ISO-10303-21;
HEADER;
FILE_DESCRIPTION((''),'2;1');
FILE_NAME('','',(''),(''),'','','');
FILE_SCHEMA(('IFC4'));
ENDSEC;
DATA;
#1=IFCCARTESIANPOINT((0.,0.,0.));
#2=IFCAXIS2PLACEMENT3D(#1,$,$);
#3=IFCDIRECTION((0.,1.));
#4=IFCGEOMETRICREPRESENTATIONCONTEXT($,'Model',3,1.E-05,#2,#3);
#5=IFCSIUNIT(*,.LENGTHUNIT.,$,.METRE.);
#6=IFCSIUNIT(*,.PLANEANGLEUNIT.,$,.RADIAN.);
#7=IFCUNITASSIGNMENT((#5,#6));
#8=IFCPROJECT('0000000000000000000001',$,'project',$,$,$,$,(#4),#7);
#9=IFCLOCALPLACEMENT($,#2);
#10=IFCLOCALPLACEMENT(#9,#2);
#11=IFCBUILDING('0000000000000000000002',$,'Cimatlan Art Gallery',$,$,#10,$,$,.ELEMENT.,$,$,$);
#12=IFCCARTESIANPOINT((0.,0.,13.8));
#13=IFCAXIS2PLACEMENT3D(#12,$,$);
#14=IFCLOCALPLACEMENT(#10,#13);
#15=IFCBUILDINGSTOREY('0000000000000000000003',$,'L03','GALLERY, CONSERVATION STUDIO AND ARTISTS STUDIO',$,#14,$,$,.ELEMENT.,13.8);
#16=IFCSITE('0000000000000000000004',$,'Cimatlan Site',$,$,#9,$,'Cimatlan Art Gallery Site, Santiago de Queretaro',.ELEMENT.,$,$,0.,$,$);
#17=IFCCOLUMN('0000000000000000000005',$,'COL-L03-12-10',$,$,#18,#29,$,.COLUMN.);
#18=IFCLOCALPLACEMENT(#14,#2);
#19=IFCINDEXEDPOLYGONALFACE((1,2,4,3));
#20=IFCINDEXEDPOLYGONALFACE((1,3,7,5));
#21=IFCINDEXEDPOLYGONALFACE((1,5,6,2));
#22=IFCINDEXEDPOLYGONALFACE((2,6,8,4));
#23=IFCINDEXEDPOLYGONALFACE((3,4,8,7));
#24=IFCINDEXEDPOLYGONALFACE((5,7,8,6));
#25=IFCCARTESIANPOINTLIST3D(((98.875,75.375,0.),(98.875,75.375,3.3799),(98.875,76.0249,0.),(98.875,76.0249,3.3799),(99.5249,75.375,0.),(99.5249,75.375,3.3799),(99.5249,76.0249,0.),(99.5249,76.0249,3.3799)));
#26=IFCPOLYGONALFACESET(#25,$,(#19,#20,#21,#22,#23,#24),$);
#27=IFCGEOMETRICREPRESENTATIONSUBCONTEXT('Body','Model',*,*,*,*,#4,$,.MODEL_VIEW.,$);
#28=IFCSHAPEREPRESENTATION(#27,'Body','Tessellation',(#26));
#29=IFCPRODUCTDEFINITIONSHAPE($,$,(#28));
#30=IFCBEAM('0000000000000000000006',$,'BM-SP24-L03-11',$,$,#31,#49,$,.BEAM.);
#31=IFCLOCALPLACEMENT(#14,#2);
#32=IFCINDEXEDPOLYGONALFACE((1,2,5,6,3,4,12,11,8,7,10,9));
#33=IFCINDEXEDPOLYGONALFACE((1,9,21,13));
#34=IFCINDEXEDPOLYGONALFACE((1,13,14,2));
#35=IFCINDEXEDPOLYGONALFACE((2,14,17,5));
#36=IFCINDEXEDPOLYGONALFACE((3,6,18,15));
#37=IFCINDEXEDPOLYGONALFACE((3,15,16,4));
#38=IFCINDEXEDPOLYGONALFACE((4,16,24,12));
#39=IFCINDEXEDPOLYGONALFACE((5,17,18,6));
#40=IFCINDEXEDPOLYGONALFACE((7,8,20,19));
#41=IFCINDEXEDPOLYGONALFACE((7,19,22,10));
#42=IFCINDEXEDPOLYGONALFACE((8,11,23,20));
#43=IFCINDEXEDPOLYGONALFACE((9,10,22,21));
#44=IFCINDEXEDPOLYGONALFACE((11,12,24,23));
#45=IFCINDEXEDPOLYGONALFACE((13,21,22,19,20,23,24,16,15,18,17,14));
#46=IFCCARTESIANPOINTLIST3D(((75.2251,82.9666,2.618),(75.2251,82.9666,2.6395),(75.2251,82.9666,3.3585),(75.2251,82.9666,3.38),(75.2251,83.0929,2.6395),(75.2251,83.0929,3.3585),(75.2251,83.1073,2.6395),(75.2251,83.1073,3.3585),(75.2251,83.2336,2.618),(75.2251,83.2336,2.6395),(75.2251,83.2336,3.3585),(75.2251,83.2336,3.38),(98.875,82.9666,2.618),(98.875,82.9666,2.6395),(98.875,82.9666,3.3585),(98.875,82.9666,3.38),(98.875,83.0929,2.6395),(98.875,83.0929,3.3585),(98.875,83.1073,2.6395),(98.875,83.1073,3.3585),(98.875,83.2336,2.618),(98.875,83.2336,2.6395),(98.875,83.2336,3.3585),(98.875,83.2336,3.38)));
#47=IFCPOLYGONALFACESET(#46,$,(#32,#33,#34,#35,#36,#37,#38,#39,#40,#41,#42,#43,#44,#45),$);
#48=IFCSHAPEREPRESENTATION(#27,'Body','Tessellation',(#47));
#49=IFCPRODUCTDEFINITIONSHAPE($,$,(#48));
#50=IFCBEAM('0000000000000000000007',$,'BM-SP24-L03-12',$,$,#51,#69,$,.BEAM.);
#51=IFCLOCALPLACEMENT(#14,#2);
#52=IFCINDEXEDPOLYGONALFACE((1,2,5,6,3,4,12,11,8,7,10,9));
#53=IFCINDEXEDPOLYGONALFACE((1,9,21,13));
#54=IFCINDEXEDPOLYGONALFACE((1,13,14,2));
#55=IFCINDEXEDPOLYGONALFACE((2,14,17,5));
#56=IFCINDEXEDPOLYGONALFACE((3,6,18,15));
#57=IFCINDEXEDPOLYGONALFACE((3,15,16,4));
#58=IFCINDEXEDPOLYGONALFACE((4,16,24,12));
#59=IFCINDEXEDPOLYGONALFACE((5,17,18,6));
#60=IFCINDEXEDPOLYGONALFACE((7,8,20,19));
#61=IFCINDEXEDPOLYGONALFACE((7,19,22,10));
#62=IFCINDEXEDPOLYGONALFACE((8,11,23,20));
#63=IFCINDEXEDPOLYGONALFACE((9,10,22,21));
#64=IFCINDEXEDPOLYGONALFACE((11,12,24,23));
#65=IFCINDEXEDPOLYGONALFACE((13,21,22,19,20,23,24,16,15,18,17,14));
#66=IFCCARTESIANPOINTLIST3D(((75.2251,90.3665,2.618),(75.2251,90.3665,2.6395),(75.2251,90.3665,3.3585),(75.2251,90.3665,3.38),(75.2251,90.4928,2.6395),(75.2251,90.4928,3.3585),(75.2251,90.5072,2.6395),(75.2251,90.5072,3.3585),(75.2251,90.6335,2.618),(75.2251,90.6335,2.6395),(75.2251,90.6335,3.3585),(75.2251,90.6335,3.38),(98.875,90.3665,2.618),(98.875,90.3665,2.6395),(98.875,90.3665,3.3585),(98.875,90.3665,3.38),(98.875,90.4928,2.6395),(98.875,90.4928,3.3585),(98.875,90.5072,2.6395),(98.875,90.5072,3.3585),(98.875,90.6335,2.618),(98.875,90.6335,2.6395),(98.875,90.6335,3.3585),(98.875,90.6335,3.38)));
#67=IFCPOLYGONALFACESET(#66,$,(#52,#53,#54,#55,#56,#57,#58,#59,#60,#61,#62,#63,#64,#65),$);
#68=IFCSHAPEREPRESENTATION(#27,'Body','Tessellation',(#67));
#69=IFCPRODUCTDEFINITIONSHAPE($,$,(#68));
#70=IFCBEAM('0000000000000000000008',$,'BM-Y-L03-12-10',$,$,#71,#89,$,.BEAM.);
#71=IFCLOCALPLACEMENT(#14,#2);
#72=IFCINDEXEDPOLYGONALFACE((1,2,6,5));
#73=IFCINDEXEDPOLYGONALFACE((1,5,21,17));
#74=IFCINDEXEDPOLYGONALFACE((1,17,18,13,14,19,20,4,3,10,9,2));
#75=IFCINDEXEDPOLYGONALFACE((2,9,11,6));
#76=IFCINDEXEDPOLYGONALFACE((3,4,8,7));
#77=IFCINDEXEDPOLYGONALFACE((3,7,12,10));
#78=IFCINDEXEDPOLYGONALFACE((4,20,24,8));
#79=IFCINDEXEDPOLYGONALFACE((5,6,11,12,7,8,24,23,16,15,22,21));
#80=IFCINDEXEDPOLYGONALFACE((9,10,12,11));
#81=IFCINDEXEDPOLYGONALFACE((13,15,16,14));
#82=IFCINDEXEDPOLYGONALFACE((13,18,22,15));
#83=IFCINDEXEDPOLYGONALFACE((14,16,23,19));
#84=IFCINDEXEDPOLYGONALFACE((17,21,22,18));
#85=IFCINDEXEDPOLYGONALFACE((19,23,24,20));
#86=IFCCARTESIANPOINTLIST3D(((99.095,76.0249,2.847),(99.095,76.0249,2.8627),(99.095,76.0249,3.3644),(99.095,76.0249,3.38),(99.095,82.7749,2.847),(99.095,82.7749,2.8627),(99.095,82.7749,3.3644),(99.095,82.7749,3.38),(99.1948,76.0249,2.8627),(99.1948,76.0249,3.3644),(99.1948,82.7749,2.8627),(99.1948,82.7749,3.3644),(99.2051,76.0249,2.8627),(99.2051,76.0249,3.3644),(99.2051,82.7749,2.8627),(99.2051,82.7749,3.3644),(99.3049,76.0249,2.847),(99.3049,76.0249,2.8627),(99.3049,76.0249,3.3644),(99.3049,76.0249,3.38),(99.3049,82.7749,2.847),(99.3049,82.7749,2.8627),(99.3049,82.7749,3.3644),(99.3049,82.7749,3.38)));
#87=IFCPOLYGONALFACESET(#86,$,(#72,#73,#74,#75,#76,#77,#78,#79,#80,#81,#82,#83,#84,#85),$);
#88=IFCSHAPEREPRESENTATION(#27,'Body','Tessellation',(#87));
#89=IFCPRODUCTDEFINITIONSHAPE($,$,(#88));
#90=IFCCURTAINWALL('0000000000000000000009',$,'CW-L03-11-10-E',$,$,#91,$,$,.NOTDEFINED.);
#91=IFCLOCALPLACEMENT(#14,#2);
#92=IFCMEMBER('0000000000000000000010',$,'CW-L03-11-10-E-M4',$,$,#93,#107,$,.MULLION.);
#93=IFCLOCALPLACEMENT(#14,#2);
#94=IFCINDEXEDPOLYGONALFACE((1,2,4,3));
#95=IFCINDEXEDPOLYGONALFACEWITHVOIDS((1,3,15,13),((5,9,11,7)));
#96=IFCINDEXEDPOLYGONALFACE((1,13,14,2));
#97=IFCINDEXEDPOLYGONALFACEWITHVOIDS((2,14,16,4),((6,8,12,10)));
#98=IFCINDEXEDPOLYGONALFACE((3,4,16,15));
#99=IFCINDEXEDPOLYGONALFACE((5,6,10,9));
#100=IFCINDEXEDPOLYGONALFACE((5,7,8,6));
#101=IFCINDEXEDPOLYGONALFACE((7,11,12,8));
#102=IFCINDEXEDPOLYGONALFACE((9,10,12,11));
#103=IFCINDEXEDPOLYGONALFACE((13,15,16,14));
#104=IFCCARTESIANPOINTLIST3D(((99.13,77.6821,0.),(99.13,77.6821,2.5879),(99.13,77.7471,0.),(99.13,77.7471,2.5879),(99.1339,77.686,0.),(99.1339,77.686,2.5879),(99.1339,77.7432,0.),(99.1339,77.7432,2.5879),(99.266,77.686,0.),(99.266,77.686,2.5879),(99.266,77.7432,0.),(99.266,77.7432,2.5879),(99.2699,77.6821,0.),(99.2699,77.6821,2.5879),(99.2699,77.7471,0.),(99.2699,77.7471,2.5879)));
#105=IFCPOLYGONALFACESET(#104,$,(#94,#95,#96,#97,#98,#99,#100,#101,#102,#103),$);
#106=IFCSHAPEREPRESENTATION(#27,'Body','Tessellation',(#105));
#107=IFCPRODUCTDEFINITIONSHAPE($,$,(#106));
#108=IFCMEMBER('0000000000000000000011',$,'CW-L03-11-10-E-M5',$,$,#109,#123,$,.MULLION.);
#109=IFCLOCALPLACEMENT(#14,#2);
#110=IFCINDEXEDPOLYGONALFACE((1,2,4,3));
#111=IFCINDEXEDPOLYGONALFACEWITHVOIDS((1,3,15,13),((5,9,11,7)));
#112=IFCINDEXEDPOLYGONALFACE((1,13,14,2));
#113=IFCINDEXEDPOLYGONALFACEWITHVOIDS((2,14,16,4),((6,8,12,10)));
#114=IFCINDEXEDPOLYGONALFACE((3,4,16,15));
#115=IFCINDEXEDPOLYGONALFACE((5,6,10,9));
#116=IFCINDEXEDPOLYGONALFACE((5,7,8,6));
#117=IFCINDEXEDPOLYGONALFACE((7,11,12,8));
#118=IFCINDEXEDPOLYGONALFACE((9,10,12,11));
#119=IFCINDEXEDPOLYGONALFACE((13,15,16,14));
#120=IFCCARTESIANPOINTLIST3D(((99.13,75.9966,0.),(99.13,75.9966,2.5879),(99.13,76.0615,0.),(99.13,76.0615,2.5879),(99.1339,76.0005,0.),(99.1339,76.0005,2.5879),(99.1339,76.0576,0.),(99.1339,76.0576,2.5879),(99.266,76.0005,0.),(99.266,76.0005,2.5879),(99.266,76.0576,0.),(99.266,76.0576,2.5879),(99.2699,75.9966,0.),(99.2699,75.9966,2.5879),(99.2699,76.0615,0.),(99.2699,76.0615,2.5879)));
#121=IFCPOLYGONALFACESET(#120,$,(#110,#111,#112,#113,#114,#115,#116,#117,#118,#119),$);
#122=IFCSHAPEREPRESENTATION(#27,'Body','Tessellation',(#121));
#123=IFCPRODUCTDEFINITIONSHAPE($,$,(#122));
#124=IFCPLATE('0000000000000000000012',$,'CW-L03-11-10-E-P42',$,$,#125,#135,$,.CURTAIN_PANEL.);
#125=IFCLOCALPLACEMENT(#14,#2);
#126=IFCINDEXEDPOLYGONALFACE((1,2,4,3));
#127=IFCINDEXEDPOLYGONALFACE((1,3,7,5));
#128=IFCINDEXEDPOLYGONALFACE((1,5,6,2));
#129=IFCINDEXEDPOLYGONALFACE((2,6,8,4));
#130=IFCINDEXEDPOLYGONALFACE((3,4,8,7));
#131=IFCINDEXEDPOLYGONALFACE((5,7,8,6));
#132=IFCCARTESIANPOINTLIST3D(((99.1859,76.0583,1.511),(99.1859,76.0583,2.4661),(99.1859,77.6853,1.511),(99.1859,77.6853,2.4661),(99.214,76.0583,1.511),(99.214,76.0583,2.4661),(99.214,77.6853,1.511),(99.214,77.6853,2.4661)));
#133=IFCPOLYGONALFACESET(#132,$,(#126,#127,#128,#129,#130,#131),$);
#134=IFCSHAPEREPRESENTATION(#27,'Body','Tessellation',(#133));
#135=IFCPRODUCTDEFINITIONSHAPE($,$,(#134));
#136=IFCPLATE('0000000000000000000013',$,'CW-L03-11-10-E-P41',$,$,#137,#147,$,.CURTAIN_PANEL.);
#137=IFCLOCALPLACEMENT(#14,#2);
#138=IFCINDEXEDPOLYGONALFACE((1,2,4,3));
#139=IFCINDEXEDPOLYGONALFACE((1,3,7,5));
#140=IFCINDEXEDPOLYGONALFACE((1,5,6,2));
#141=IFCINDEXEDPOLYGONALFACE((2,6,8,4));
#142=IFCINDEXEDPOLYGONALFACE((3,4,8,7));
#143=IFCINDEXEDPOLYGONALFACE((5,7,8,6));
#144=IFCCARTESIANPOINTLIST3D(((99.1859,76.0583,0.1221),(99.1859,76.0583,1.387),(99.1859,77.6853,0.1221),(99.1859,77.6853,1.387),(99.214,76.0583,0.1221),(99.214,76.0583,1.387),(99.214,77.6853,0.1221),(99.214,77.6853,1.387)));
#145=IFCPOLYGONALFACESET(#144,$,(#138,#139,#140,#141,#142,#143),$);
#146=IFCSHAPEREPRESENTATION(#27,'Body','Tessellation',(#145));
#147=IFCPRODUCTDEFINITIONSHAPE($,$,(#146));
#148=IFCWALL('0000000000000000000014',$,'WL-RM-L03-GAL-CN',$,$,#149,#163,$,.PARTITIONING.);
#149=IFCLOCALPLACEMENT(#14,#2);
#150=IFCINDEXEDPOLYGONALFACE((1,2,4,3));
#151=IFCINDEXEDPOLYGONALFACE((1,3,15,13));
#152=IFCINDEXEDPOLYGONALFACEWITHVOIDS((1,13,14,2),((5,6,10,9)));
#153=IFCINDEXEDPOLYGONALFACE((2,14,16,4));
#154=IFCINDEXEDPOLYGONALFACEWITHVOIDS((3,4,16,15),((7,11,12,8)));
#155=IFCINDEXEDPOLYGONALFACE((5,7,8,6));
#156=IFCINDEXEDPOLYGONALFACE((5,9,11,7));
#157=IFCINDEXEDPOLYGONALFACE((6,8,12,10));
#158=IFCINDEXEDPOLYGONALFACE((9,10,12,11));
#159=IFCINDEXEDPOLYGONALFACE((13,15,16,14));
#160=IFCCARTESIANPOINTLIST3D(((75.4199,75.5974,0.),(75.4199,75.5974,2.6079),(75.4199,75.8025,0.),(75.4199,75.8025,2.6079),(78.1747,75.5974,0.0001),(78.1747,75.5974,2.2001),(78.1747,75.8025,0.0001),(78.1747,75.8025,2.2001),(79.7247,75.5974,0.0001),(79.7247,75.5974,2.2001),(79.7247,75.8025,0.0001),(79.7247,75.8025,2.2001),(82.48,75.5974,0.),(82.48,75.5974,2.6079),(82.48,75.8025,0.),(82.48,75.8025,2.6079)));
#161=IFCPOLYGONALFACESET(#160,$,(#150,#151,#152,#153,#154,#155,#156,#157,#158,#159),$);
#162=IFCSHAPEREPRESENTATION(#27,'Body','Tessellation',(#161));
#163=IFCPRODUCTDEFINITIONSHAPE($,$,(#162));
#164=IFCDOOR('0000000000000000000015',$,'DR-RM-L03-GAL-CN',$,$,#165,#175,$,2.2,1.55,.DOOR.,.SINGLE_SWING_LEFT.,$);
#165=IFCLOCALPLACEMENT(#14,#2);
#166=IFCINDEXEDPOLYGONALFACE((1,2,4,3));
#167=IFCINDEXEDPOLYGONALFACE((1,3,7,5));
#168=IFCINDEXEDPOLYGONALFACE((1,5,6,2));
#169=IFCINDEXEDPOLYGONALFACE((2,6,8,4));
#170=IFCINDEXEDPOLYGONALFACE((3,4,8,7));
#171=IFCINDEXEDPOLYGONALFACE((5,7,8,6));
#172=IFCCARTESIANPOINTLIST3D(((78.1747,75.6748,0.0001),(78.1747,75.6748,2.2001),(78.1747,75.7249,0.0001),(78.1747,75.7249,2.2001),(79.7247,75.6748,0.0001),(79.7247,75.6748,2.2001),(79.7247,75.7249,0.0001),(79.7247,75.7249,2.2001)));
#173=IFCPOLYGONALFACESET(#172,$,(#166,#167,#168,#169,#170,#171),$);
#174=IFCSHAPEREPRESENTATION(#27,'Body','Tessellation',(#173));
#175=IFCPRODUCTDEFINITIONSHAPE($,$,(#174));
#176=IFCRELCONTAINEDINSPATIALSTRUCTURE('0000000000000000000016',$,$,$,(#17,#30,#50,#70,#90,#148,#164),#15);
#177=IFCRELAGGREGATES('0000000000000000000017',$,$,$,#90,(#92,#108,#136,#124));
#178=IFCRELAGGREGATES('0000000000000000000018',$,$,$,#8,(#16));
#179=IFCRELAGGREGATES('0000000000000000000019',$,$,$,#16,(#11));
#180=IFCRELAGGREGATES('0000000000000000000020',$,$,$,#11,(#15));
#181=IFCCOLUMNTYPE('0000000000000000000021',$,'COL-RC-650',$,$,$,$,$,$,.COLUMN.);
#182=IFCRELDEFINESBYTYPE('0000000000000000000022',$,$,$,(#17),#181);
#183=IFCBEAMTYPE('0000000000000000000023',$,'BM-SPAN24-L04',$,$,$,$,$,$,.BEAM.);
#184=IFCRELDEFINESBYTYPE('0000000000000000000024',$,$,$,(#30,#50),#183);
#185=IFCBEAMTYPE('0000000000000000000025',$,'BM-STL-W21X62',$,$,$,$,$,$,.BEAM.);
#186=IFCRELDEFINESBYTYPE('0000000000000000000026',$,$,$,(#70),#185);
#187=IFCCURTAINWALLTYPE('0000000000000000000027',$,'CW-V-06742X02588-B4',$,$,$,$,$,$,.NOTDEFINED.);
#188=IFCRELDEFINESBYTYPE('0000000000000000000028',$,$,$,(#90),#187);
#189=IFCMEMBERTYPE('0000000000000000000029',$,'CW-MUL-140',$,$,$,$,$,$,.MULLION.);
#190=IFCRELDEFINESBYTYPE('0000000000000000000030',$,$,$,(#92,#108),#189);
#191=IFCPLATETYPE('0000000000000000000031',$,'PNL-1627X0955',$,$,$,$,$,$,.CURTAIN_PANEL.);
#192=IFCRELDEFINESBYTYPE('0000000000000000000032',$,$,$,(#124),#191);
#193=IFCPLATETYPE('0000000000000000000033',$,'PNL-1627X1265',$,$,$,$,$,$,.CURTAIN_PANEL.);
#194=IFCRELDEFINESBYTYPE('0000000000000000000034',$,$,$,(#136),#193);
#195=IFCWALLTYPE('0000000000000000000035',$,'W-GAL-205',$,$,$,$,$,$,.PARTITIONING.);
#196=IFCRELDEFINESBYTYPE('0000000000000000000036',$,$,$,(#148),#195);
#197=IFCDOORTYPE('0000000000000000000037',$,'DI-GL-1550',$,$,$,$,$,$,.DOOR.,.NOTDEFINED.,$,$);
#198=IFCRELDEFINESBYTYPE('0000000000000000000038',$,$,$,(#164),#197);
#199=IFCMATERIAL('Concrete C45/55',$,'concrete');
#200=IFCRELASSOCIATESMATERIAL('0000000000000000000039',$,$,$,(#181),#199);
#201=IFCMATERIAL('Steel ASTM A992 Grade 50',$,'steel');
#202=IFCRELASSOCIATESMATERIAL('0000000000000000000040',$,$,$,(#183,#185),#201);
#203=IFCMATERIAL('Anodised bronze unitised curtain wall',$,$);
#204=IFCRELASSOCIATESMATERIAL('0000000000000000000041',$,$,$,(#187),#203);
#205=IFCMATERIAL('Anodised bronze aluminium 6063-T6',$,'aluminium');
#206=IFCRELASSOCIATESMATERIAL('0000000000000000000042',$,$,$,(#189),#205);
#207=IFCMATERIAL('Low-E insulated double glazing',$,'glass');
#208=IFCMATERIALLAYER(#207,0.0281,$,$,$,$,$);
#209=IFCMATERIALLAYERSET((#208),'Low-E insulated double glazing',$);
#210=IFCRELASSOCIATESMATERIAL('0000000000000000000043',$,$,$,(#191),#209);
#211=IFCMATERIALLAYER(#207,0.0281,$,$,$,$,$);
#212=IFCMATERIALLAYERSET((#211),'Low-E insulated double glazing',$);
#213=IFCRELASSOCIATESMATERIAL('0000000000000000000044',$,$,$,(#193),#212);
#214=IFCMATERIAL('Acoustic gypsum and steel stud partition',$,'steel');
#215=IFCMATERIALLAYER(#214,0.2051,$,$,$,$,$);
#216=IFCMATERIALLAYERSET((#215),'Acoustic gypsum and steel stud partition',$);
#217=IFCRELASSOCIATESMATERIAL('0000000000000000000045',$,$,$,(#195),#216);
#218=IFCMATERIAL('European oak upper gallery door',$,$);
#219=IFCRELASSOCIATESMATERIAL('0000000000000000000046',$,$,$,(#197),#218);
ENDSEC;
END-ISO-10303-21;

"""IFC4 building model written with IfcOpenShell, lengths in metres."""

from ifc_helpers import new_model, si_unit, direction, frame, frame_2d, origin, origin_2d, place, context, subcontext, project, spatial, rectangle, hollow_rectangle, i_section, extrude, material, layer, layer_set, material_profile, profile_set, type_object, element, fill, aggregate, save


model = new_model("IFC4")

# Units and contexts
model_context = context("Model", 3, precision=1e-05, world=origin(), true_north=direction((0.0, 1.0)))
body_context = subcontext(model_context, "Body", "Model", "MODEL_VIEW")
ifc_project = project(units=[si_unit("LENGTHUNIT", "METRE"), si_unit("PLANEANGLEUNIT", "RADIAN")], contexts=[model_context])

# Site, building, storey
site_placement = place(None, origin())
site = spatial("IfcSite", under=ifc_project, at=site_placement, Name="Cimatlan Site", LongName="Cimatlan Art Gallery Site, Santiago de Queretaro", CompositionType="ELEMENT", RefElevation=0.0)
building_placement = place(site_placement, origin())
building = spatial("IfcBuilding", under=site, at=building_placement, Name="Cimatlan Art Gallery", CompositionType="ELEMENT")
storey_placement = place(building_placement, frame((0.0, 0.0, 13.8)))
storey = spatial("IfcBuildingStorey", under=building, at=storey_placement, Name="L03", Description="GALLERY, CONSERVATION STUDIO AND ARTISTS STUDIO", CompositionType="ELEMENT", Elevation=13.8)

# Column
ifc_material_1 = material(Name="Concrete C45/55", Category="concrete")
ifc_material_profile_1 = material_profile(ifc_material_1, rectangle(XDim=0.6499, YDim=0.6499, at=origin_2d()), Name="RC650X650")
ifc_profile_set_1 = profile_set([ifc_material_profile_1], Name="Concrete C45/55")
column_type = type_object("IfcColumnType", Name="COL-RC-650", PredefinedType="COLUMN", material=ifc_profile_set_1)
column_placement = place(storey_placement, frame((99.2, 75.7, 0.0), z_axis=(0.0, 0.0, 1.0), x_axis=(1.0, 0.0, 0.0)))
element("IfcColumn", 1, at=column_placement, inside=storey, type_object=column_type, Name="COL-L03-12-10", PredefinedType="COLUMN", context=body_context, shape_type="SweptSolid", body=[
    extrude(rectangle(XDim=0.6499, YDim=0.6499, at=origin_2d()), origin(), (0.0, 0.0, 1.0), 3.3799),
])

# Beams
ifc_material_2 = material(Name="Steel ASTM A992 Grade 50", Category="steel")
ifc_material_profile_2 = material_profile(ifc_material_2, i_section(OverallWidth=0.2671, OverallDepth=0.762, WebThickness=0.0144, FlangeThickness=0.0215, at=origin_2d()), Name="W30X116")
ifc_profile_set_2 = profile_set([ifc_material_profile_2], Name="Steel ASTM A992 Grade 50")
beam_type_1 = type_object("IfcBeamType", Name="BM-SPAN24-L04", PredefinedType="BEAM", material=ifc_profile_set_2)
for number, where, z_axis, x_axis, name in (
    (2, (75.2251, 83.1001, 2.999), (1.0, 0.0, 0.0), (0.0, 1.0, 0.0), "BM-SP24-L03-11"),
    (3, (75.2251, 90.5, 2.999), (1.0, 0.0, 0.0), (0.0, 1.0, 0.0), "BM-SP24-L03-12"),
):
    element("IfcBeam", number, at=place(storey_placement, frame(where, z_axis=z_axis, x_axis=x_axis)), inside=storey, type_object=beam_type_1, Name=name, PredefinedType="BEAM", context=body_context, shape_type="SweptSolid", body=[
        extrude(i_section(OverallWidth=0.2671, OverallDepth=0.762, WebThickness=0.0144, FlangeThickness=0.0215, at=origin_2d()), origin(), (0.0, 0.0, 1.0), 23.6499),
    ])
ifc_material_profile_3 = material_profile(ifc_material_2, i_section(OverallWidth=0.21, OverallDepth=0.533, WebThickness=0.0103, FlangeThickness=0.0156, at=origin_2d()), Name="W21X62")
ifc_profile_set_3 = profile_set([ifc_material_profile_3], Name="Steel ASTM A992 Grade 50")
beam_type_2 = type_object("IfcBeamType", Name="BM-STL-W21X62", PredefinedType="BEAM", material=ifc_profile_set_3)
beam_placement = place(storey_placement, frame((99.2, 76.0249, 3.1135), z_axis=(0.0, 1.0, 0.0), x_axis=(-1.0, 0.0, 0.0)))
element("IfcBeam", 4, at=beam_placement, inside=storey, type_object=beam_type_2, Name="BM-Y-L03-12-10", PredefinedType="BEAM", context=body_context, shape_type="SweptSolid", body=[
    extrude(i_section(OverallWidth=0.21, OverallDepth=0.533, WebThickness=0.0103, FlangeThickness=0.0156, at=origin_2d()), origin(), (0.0, 0.0, 1.0), 6.75),
])

# Curtain wall, members, plates
ifc_material_3 = material(Name="Anodised bronze unitised curtain wall")
curtain_wall_type = type_object("IfcCurtainWallType", Name="CW-V-06742X02588-B4", PredefinedType="NOTDEFINED", material=ifc_material_3)
curtain_wall_placement = place(storey_placement, origin())
curtain_wall = element("IfcCurtainWall", 5, at=curtain_wall_placement, inside=storey, type_object=curtain_wall_type, Name="CW-L03-11-10-E", PredefinedType="NOTDEFINED")
ifc_material_4 = material(Name="Anodised bronze aluminium 6063-T6", Category="aluminium")
ifc_material_profile_4 = material_profile(ifc_material_4, hollow_rectangle(XDim=0.0649, YDim=0.1399, WallThickness=0.0039, at=origin_2d()), Name="ALU65X140X4")
ifc_profile_set_4 = profile_set([ifc_material_profile_4], Name="Anodised bronze aluminium 6063-T6")
member_type = type_object("IfcMemberType", Name="CW-MUL-140", PredefinedType="MULLION", material=ifc_profile_set_4)
member_1_placement = place(storey_placement, frame((99.2, 77.7146, 0.0), z_axis=(0.0, 0.0, 1.0), x_axis=(0.0, 1.0, 0.0)))
member_1 = element("IfcMember", 6, at=member_1_placement, type_object=member_type, Name="CW-L03-11-10-E-M4", PredefinedType="MULLION", context=body_context, shape_type="SweptSolid", body=[
    extrude(hollow_rectangle(XDim=0.0649, YDim=0.1399, WallThickness=0.0039, at=origin_2d()), origin(), (0.0, 0.0, 1.0), 2.5879),
])
member_2_placement = place(storey_placement, frame((99.2, 76.0291, 0.0), z_axis=(0.0, 0.0, 1.0), x_axis=(0.0, 1.0, 0.0)))
member_2 = element("IfcMember", 7, at=member_2_placement, type_object=member_type, Name="CW-L03-11-10-E-M5", PredefinedType="MULLION", context=body_context, shape_type="SweptSolid", body=[
    extrude(hollow_rectangle(XDim=0.0649, YDim=0.1399, WallThickness=0.0039, at=origin_2d()), origin(), (0.0, 0.0, 1.0), 2.5879),
])
ifc_material_5 = material(Name="Low-E insulated double glazing", Category="glass")
ifc_layer_1 = layer(ifc_material_5, 0.0281)
ifc_layer_set_1 = layer_set([ifc_layer_1], Name="Low-E insulated double glazing")
plate_type_1 = type_object("IfcPlateType", Name="PNL-1627X0955", PredefinedType="CURTAIN_PANEL", material=ifc_layer_set_1)
plate_1_placement = place(storey_placement, frame((99.2, 76.8718, 1.511), z_axis=(0.0, 0.0, 1.0), x_axis=(0.0, -1.0, 0.0)))
plate_1 = element("IfcPlate", 8, at=plate_1_placement, type_object=plate_type_1, Name="CW-L03-11-10-E-P42", PredefinedType="CURTAIN_PANEL", context=body_context, shape_type="SweptSolid", body=[
    extrude(rectangle(XDim=1.627, YDim=0.0281, at=origin_2d()), origin(), (0.0, 0.0, 1.0), 0.9551),
])
ifc_layer_2 = layer(ifc_material_5, 0.0281)
ifc_layer_set_2 = layer_set([ifc_layer_2], Name="Low-E insulated double glazing")
plate_type_2 = type_object("IfcPlateType", Name="PNL-1627X1265", PredefinedType="CURTAIN_PANEL", material=ifc_layer_set_2)
plate_2_placement = place(storey_placement, frame((99.2, 76.8718, 0.1221), z_axis=(0.0, 0.0, 1.0), x_axis=(0.0, -1.0, 0.0)))
plate_2 = element("IfcPlate", 9, at=plate_2_placement, type_object=plate_type_2, Name="CW-L03-11-10-E-P41", PredefinedType="CURTAIN_PANEL", context=body_context, shape_type="SweptSolid", body=[
    extrude(rectangle(XDim=1.627, YDim=0.0281, at=origin_2d()), origin(), (0.0, 0.0, 1.0), 1.2649),
])
aggregate(curtain_wall, [member_1, member_2, plate_2, plate_1])

# Wall, opening, door
ifc_material_6 = material(Name="Acoustic gypsum and steel stud partition", Category="steel")
ifc_layer_3 = layer(ifc_material_6, 0.2051)
ifc_layer_set_3 = layer_set([ifc_layer_3], Name="Acoustic gypsum and steel stud partition")
wall_type_1 = type_object("IfcWallType", Name="W-GAL-205", PredefinedType="PARTITIONING", material=ifc_layer_set_3)
wall_1_placement = place(storey_placement, frame((75.4199, 75.7, 0.0), z_axis=(0.0, 0.0, 1.0), x_axis=(1.0, 0.0, 0.0)))
wall_1 = element("IfcWall", 10, at=wall_1_placement, inside=storey, type_object=wall_type_1, Name="WL-RM-L03-GAL-CN", PredefinedType="PARTITIONING", context=body_context, shape_type="SweptSolid", body=[
    extrude(rectangle(XDim=7.0601, YDim=0.2051, at=frame_2d((3.53, 0.0))), origin(), (0.0, 0.0, 1.0), 2.6079),
])
opening_1_placement = place(wall_1_placement, frame((2.7549, 0.0, 0.0)))
opening_1 = element("IfcOpeningElement", 11, at=opening_1_placement, cuts=wall_1, PredefinedType="OPENING", context=body_context, shape_type="SweptSolid", body=[
    extrude(rectangle(XDim=1.55, YDim=2.2, at=frame_2d((0.7749, 1.1001))), frame((0.0, 0.1125, 0.0), z_axis=(0.0, -1.0, 0.0), x_axis=(1.0, 0.0, 0.0)), (0.0, 0.0, 1.0), 0.2251),
])
ifc_material_7 = material(Name="European oak upper gallery door")
door_type_1 = type_object("IfcDoorType", Name="DI-GL-1550", OperationType="NOTDEFINED", PredefinedType="DOOR", material=ifc_material_7)
door_1_placement = place(opening_1_placement, origin())
door_1 = element("IfcDoor", 12, at=door_1_placement, inside=storey, type_object=door_type_1, Name="DR-RM-L03-GAL-CN", OperationType="SINGLE_SWING_LEFT", OverallHeight=2.2, OverallWidth=1.55, PredefinedType="DOOR", context=body_context, shape_type="SweptSolid", body=[
    extrude(rectangle(XDim=1.55, YDim=2.2, at=frame_2d((0.7749, 1.1001))), frame((0.0, 0.0249, 0.0), z_axis=(0.0, -1.0, 0.0), x_axis=(1.0, 0.0, 0.0)), (0.0, 0.0, 1.0), 0.05),
])
fill(opening_1, door_1)

save(model, "model.ifc")
